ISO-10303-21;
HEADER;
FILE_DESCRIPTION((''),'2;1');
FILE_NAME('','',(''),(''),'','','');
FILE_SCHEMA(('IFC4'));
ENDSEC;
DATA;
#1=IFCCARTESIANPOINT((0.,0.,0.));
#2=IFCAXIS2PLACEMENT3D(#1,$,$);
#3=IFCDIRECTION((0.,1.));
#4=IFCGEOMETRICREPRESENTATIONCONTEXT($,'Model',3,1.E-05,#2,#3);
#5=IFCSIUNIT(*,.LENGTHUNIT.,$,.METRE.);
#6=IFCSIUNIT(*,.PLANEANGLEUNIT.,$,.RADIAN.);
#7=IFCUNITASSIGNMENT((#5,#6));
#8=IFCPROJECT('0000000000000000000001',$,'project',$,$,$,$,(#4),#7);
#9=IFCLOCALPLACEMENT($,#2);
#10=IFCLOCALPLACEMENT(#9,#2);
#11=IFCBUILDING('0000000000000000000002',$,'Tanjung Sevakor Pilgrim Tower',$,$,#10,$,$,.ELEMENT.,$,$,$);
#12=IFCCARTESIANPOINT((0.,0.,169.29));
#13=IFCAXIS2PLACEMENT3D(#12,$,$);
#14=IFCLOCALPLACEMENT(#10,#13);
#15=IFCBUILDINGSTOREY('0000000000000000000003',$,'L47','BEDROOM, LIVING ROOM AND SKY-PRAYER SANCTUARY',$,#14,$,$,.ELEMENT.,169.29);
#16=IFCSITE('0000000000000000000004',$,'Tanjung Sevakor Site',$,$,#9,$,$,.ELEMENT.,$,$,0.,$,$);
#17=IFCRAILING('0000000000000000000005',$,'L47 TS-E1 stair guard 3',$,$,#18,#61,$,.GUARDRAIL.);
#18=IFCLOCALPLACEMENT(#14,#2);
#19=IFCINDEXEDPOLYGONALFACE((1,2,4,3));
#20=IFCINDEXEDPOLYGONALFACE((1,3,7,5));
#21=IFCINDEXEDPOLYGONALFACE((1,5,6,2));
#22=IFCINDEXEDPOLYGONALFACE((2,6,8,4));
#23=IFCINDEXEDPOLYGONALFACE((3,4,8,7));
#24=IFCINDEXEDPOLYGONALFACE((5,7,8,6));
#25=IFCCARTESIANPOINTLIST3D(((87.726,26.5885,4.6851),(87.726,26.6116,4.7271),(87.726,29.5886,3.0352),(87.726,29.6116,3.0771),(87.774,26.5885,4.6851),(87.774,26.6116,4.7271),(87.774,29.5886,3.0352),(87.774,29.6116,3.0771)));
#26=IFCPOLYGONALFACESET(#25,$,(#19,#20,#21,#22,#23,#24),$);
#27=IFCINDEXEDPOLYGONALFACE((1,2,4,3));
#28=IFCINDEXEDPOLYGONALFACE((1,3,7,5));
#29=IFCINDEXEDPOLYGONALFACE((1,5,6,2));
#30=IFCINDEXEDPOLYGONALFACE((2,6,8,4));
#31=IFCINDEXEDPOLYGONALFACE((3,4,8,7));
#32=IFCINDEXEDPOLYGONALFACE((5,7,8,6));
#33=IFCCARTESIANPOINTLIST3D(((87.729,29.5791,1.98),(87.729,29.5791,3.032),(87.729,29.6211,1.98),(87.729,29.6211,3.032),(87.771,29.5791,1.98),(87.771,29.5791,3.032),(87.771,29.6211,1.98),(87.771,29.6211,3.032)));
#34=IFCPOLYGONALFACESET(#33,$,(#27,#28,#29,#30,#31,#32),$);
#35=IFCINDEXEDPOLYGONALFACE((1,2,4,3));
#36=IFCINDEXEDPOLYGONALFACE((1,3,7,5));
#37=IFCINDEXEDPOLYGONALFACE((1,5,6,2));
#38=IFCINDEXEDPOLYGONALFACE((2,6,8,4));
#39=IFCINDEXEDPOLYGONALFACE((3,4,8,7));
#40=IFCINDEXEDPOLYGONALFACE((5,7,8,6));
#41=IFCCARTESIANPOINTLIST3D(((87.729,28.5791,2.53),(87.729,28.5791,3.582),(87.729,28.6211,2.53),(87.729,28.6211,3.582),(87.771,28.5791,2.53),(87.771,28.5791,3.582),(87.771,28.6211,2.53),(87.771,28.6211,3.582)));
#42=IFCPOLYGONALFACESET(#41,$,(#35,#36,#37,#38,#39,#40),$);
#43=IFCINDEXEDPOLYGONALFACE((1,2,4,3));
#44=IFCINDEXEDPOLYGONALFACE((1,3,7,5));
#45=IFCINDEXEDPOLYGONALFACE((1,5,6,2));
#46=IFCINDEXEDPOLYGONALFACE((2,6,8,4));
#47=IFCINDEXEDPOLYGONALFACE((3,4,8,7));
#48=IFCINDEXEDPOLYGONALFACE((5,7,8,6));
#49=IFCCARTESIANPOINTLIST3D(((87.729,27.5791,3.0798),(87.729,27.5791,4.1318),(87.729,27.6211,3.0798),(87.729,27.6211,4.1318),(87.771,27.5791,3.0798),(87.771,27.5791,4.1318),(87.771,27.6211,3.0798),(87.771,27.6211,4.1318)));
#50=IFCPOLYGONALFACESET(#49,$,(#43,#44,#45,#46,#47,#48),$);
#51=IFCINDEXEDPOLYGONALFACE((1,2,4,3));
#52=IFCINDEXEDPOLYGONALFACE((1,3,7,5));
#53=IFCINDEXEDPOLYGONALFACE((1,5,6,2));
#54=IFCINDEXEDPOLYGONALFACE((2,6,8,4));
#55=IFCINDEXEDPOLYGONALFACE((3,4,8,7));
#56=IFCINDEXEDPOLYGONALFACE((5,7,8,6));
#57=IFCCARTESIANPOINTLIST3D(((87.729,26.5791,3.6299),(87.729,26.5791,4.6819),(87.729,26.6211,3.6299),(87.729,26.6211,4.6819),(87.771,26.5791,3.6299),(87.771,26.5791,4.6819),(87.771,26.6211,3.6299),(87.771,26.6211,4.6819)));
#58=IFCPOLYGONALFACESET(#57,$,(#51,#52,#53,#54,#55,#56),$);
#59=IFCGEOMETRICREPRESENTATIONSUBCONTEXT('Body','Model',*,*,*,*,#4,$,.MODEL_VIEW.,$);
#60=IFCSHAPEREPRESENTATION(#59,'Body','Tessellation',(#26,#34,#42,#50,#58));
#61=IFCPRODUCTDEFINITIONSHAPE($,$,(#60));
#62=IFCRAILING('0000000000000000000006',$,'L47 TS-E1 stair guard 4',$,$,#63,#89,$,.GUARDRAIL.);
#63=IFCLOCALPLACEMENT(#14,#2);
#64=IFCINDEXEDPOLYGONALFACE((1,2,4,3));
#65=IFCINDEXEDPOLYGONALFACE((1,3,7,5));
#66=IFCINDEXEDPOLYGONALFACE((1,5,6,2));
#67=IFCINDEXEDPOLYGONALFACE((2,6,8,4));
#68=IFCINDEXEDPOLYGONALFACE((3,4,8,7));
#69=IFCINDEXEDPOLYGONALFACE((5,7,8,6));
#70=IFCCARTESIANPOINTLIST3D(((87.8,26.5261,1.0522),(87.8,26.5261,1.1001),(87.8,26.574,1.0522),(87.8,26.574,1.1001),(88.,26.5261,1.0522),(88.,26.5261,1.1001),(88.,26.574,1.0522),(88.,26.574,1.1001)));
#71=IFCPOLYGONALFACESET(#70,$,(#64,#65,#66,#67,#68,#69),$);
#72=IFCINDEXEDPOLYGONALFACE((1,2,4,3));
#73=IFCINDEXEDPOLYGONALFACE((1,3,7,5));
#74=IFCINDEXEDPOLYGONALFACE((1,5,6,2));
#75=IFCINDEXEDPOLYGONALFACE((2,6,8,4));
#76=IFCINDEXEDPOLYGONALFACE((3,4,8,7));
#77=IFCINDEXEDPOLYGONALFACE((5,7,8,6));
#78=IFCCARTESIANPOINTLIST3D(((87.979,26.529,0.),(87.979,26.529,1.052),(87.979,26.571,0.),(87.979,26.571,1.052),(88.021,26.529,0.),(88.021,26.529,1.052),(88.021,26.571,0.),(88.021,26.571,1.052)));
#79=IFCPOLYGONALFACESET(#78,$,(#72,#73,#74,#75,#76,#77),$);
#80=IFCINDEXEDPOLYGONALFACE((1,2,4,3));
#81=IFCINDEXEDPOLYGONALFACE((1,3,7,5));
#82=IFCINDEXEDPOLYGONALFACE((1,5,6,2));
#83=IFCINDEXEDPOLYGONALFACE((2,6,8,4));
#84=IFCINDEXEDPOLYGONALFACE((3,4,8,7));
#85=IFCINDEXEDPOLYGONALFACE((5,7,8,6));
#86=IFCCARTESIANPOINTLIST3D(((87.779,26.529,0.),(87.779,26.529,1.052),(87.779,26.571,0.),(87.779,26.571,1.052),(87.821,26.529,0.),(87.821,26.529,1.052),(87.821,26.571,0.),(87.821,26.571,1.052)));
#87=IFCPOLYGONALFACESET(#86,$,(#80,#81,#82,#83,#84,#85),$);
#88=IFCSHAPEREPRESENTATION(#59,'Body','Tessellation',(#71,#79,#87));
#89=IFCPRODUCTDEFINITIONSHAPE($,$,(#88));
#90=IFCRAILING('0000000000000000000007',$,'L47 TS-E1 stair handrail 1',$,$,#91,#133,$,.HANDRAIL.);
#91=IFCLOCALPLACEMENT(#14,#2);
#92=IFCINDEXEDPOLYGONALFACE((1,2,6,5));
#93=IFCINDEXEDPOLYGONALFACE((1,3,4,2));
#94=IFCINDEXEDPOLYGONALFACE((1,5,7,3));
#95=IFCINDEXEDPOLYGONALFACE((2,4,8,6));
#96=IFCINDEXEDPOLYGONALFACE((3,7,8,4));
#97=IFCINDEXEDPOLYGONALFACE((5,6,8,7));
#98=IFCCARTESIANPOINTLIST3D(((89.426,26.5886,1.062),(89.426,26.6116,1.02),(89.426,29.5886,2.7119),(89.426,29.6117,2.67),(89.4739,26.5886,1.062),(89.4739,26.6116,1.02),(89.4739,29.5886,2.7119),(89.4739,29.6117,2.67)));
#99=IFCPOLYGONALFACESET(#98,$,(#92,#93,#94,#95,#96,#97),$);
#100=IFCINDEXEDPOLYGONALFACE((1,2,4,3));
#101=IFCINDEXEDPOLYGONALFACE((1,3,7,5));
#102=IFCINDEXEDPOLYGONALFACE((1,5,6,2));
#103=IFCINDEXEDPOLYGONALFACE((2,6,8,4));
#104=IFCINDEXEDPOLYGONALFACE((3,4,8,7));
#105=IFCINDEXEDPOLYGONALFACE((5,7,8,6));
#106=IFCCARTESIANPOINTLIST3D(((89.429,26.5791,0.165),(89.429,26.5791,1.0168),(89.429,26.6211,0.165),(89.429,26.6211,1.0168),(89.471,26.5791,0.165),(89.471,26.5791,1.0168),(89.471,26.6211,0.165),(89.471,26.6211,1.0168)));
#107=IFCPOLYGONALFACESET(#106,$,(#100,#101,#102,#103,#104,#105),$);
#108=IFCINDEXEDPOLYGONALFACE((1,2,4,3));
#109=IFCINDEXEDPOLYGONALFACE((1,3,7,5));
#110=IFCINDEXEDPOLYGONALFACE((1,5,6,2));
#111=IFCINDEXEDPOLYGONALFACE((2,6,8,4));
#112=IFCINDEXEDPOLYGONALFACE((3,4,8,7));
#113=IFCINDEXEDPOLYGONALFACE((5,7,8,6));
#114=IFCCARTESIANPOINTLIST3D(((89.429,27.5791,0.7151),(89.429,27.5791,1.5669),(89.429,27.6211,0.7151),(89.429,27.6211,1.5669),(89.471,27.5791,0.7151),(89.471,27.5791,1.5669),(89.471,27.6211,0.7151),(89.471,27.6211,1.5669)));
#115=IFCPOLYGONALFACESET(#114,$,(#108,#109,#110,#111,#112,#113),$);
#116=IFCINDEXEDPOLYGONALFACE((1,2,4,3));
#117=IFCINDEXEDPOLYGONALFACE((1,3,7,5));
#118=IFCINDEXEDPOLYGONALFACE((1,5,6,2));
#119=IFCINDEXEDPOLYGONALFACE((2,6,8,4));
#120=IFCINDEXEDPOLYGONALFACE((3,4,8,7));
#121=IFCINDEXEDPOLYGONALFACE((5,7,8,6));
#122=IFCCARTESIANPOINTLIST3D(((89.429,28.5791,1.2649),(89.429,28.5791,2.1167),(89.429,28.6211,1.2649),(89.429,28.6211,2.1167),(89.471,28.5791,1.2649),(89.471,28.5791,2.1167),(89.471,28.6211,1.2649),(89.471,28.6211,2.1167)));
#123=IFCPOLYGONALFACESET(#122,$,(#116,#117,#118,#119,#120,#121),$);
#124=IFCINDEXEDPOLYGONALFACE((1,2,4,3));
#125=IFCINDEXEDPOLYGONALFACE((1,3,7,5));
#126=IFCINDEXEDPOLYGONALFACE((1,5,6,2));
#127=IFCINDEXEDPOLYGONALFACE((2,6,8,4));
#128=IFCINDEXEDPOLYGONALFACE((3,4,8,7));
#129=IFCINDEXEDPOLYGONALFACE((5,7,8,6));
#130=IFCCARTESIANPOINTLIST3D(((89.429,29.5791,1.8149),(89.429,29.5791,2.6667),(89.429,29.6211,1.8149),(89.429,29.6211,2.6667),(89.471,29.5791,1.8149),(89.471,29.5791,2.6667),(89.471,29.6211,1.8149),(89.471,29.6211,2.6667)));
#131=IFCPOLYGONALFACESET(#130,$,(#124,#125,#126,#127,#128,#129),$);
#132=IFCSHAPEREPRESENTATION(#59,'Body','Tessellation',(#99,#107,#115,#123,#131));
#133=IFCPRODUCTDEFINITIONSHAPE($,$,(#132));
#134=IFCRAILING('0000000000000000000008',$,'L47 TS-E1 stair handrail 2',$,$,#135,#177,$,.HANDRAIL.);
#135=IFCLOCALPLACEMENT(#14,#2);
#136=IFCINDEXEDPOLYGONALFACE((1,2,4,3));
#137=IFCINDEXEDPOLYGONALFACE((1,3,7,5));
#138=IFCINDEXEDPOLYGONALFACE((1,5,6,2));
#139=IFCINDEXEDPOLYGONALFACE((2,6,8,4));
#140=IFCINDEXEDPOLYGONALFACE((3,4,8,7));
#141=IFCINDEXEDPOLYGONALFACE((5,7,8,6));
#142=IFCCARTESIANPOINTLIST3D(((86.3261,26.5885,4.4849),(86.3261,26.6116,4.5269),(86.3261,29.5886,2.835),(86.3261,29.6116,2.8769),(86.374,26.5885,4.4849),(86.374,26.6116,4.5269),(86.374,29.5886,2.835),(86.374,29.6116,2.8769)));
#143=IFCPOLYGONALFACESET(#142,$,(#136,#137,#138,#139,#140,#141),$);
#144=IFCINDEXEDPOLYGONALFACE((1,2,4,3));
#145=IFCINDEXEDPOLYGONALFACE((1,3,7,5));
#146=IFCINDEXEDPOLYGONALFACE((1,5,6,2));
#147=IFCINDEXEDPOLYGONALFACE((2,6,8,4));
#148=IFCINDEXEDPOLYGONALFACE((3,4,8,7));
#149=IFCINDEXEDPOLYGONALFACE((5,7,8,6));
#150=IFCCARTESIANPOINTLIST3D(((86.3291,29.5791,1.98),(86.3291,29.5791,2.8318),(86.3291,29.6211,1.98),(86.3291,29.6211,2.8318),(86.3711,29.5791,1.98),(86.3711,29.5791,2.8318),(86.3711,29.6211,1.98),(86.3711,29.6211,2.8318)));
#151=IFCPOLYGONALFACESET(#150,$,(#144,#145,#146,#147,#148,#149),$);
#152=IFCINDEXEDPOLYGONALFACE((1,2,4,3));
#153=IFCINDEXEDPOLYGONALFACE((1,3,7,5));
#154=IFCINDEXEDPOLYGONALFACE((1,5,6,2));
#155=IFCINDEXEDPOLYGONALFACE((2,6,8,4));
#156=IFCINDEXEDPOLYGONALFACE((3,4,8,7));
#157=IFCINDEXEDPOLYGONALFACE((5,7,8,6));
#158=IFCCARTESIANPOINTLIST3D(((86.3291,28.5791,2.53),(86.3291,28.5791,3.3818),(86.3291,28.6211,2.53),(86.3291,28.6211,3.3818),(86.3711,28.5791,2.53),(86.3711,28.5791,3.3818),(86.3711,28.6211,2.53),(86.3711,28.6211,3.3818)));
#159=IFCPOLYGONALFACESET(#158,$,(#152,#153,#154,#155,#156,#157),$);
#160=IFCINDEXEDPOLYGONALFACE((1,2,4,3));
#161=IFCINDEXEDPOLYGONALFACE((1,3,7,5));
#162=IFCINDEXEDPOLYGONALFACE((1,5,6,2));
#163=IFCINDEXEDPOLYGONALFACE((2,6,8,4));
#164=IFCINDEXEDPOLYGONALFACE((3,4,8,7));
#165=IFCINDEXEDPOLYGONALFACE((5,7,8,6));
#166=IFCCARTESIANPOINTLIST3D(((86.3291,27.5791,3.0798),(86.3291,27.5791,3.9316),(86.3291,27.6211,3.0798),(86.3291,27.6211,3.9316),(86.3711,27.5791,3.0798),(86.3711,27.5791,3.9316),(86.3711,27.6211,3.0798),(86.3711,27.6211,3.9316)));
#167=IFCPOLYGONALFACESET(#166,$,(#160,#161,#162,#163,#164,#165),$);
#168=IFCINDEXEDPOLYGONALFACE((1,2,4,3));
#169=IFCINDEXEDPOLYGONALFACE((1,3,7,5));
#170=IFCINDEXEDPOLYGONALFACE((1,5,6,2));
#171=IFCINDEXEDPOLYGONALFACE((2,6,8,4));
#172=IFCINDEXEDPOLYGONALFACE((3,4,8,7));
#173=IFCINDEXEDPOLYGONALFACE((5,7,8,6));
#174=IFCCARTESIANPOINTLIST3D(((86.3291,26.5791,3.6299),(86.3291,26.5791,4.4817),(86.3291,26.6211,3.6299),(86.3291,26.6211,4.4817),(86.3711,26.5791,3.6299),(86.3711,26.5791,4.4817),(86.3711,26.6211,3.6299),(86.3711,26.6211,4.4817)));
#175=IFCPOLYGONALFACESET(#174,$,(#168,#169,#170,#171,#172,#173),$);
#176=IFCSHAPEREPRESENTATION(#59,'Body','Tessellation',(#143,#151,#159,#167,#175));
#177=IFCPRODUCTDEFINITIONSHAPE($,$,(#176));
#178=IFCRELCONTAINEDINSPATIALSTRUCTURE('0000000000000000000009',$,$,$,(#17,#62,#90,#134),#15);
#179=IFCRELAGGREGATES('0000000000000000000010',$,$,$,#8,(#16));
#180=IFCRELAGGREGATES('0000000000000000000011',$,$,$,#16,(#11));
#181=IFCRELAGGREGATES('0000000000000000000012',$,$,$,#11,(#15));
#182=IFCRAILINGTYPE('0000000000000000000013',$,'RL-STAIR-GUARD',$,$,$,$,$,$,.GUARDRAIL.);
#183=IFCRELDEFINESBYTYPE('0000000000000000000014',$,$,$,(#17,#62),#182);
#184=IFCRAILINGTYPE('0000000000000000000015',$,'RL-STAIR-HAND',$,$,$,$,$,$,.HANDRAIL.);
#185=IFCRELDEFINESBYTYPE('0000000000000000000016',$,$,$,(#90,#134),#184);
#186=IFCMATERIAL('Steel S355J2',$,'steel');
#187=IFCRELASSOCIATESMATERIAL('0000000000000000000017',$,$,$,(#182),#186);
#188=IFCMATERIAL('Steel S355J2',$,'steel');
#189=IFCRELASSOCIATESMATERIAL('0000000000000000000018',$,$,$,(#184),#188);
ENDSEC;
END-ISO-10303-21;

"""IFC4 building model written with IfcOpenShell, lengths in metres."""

from ifc_helpers import new_model, si_unit, direction, frame, origin, place, context, subcontext, project, spatial, rectangle, extrude, material, type_object, element, save


model = new_model("IFC4")

# Units and contexts
model_context = context("Model", 3, precision=1e-05, world=origin(), true_north=direction((0.0, 1.0)))
body_context = subcontext(model_context, "Body", "Model", "MODEL_VIEW")
ifc_project = project(units=[si_unit("LENGTHUNIT", "METRE"), si_unit("PLANEANGLEUNIT", "RADIAN")], contexts=[model_context])

# Site, building, storey
site_placement = place(None, origin())
site = spatial("IfcSite", under=ifc_project, at=site_placement, Name="Tanjung Sevakor Site", CompositionType="ELEMENT", RefElevation=0.0)
building_placement = place(site_placement, origin())
building = spatial("IfcBuilding", under=site, at=building_placement, Name="Tanjung Sevakor Pilgrim Tower", CompositionType="ELEMENT")
storey_placement = place(building_placement, frame((0.0, 0.0, 169.29)))
storey = spatial("IfcBuildingStorey", under=building, at=storey_placement, Name="L47", Description="BEDROOM, LIVING ROOM AND SKY-PRAYER SANCTUARY", CompositionType="ELEMENT", Elevation=169.29)

# Railings
ifc_material_1 = material(Name="Steel S355J2", Category="steel")
railing_type_1 = type_object("IfcRailingType", Name="RL-STAIR-GUARD", PredefinedType="GUARDRAIL", material=ifc_material_1)
railing_1_placement = place(storey_placement, frame((87.75, 29.6001, 1.98)))
element("IfcRailing", 1, at=railing_1_placement, inside=storey, type_object=railing_type_1, Name="L47 TS-E1 stair guard 3", PredefinedType="GUARDRAIL", context=body_context, shape_type="SweptSolid", body=[
    extrude(rectangle(XDim=0.0479, YDim=0.0479), frame((0.0, 0.0, 1.0762), z_axis=(0.0, -0.876228, 0.481897), x_axis=(1.0, 0.0, 0.0)), (0.0, 0.0, 1.0), 3.4238),
    extrude(rectangle(XDim=0.042, YDim=0.042), origin(), (0.0, 0.0, 1.0), 1.052),
    extrude(rectangle(XDim=0.042, YDim=0.042), frame((0.0, -1.0, 0.55)), (0.0, 0.0, 1.0), 1.052),
    extrude(rectangle(XDim=0.042, YDim=0.042), frame((0.0, -2.0, 1.0999)), (0.0, 0.0, 1.0), 1.052),
    extrude(rectangle(XDim=0.042, YDim=0.042), frame((0.0, -3.0, 1.6499)), (0.0, 0.0, 1.0), 1.052),
])
railing_2_placement = place(storey_placement, frame((88.0, 26.55, 0.0)))
element("IfcRailing", 2, at=railing_2_placement, inside=storey, type_object=railing_type_1, Name="L47 TS-E1 stair guard 4", PredefinedType="GUARDRAIL", context=body_context, shape_type="SweptSolid", body=[
    extrude(rectangle(XDim=0.0479, YDim=0.0479), frame((0.0, 0.0, 1.0762), z_axis=(-1.0, 0.0, 0.0), x_axis=(0.0, -1.0, 0.0)), (0.0, 0.0, 1.0), 0.2),
    extrude(rectangle(XDim=0.042, YDim=0.042), origin(), (0.0, 0.0, 1.0), 1.052),
    extrude(rectangle(XDim=0.042, YDim=0.042), frame((-0.2, 0.0, 0.0)), (0.0, 0.0, 1.0), 1.052),
])
ifc_material_2 = material(Name="Steel S355J2", Category="steel")
railing_type_2 = type_object("IfcRailingType", Name="RL-STAIR-HAND", PredefinedType="HANDRAIL", material=ifc_material_2)
railing_3_placement = place(storey_placement, frame((89.45, 26.6001, 0.165)))
element("IfcRailing", 3, at=railing_3_placement, inside=storey, type_object=railing_type_2, Name="L47 TS-E1 stair handrail 1", PredefinedType="HANDRAIL", context=body_context, shape_type="SweptSolid", body=[
    extrude(rectangle(XDim=0.0479, YDim=0.0479), frame((0.0, 0.0, 0.876), z_axis=(0.0, 0.876228, 0.481897), x_axis=(-1.0, 0.0, 0.0)), (0.0, 0.0, 1.0), 3.4238),
    extrude(rectangle(XDim=0.042, YDim=0.042), origin(), (0.0, 0.0, 1.0), 0.8518),
    extrude(rectangle(XDim=0.042, YDim=0.042), frame((0.0, 1.0, 0.55)), (0.0, 0.0, 1.0), 0.8518),
    extrude(rectangle(XDim=0.042, YDim=0.042), frame((0.0, 2.0, 1.0999)), (0.0, 0.0, 1.0), 0.8518),
    extrude(rectangle(XDim=0.042, YDim=0.042), frame((0.0, 3.0, 1.6499)), (0.0, 0.0, 1.0), 0.8518),
])
railing_4_placement = place(storey_placement, frame((86.3501, 29.6001, 1.98)))
element("IfcRailing", 4, at=railing_4_placement, inside=storey, type_object=railing_type_2, Name="L47 TS-E1 stair handrail 2", PredefinedType="HANDRAIL", context=body_context, shape_type="SweptSolid", body=[
    extrude(rectangle(XDim=0.0479, YDim=0.0479), frame((0.0, 0.0, 0.876), z_axis=(0.0, -0.876228, 0.481897), x_axis=(1.0, 0.0, 0.0)), (0.0, 0.0, 1.0), 3.4238),
    extrude(rectangle(XDim=0.042, YDim=0.042), origin(), (0.0, 0.0, 1.0), 0.8518),
    extrude(rectangle(XDim=0.042, YDim=0.042), frame((0.0, -1.0, 0.55)), (0.0, 0.0, 1.0), 0.8518),
    extrude(rectangle(XDim=0.042, YDim=0.042), frame((0.0, -2.0, 1.0999)), (0.0, 0.0, 1.0), 0.8518),
    extrude(rectangle(XDim=0.042, YDim=0.042), frame((0.0, -3.0, 1.6499)), (0.0, 0.0, 1.0), 0.8518),
])

save(model, "model.ifc")
